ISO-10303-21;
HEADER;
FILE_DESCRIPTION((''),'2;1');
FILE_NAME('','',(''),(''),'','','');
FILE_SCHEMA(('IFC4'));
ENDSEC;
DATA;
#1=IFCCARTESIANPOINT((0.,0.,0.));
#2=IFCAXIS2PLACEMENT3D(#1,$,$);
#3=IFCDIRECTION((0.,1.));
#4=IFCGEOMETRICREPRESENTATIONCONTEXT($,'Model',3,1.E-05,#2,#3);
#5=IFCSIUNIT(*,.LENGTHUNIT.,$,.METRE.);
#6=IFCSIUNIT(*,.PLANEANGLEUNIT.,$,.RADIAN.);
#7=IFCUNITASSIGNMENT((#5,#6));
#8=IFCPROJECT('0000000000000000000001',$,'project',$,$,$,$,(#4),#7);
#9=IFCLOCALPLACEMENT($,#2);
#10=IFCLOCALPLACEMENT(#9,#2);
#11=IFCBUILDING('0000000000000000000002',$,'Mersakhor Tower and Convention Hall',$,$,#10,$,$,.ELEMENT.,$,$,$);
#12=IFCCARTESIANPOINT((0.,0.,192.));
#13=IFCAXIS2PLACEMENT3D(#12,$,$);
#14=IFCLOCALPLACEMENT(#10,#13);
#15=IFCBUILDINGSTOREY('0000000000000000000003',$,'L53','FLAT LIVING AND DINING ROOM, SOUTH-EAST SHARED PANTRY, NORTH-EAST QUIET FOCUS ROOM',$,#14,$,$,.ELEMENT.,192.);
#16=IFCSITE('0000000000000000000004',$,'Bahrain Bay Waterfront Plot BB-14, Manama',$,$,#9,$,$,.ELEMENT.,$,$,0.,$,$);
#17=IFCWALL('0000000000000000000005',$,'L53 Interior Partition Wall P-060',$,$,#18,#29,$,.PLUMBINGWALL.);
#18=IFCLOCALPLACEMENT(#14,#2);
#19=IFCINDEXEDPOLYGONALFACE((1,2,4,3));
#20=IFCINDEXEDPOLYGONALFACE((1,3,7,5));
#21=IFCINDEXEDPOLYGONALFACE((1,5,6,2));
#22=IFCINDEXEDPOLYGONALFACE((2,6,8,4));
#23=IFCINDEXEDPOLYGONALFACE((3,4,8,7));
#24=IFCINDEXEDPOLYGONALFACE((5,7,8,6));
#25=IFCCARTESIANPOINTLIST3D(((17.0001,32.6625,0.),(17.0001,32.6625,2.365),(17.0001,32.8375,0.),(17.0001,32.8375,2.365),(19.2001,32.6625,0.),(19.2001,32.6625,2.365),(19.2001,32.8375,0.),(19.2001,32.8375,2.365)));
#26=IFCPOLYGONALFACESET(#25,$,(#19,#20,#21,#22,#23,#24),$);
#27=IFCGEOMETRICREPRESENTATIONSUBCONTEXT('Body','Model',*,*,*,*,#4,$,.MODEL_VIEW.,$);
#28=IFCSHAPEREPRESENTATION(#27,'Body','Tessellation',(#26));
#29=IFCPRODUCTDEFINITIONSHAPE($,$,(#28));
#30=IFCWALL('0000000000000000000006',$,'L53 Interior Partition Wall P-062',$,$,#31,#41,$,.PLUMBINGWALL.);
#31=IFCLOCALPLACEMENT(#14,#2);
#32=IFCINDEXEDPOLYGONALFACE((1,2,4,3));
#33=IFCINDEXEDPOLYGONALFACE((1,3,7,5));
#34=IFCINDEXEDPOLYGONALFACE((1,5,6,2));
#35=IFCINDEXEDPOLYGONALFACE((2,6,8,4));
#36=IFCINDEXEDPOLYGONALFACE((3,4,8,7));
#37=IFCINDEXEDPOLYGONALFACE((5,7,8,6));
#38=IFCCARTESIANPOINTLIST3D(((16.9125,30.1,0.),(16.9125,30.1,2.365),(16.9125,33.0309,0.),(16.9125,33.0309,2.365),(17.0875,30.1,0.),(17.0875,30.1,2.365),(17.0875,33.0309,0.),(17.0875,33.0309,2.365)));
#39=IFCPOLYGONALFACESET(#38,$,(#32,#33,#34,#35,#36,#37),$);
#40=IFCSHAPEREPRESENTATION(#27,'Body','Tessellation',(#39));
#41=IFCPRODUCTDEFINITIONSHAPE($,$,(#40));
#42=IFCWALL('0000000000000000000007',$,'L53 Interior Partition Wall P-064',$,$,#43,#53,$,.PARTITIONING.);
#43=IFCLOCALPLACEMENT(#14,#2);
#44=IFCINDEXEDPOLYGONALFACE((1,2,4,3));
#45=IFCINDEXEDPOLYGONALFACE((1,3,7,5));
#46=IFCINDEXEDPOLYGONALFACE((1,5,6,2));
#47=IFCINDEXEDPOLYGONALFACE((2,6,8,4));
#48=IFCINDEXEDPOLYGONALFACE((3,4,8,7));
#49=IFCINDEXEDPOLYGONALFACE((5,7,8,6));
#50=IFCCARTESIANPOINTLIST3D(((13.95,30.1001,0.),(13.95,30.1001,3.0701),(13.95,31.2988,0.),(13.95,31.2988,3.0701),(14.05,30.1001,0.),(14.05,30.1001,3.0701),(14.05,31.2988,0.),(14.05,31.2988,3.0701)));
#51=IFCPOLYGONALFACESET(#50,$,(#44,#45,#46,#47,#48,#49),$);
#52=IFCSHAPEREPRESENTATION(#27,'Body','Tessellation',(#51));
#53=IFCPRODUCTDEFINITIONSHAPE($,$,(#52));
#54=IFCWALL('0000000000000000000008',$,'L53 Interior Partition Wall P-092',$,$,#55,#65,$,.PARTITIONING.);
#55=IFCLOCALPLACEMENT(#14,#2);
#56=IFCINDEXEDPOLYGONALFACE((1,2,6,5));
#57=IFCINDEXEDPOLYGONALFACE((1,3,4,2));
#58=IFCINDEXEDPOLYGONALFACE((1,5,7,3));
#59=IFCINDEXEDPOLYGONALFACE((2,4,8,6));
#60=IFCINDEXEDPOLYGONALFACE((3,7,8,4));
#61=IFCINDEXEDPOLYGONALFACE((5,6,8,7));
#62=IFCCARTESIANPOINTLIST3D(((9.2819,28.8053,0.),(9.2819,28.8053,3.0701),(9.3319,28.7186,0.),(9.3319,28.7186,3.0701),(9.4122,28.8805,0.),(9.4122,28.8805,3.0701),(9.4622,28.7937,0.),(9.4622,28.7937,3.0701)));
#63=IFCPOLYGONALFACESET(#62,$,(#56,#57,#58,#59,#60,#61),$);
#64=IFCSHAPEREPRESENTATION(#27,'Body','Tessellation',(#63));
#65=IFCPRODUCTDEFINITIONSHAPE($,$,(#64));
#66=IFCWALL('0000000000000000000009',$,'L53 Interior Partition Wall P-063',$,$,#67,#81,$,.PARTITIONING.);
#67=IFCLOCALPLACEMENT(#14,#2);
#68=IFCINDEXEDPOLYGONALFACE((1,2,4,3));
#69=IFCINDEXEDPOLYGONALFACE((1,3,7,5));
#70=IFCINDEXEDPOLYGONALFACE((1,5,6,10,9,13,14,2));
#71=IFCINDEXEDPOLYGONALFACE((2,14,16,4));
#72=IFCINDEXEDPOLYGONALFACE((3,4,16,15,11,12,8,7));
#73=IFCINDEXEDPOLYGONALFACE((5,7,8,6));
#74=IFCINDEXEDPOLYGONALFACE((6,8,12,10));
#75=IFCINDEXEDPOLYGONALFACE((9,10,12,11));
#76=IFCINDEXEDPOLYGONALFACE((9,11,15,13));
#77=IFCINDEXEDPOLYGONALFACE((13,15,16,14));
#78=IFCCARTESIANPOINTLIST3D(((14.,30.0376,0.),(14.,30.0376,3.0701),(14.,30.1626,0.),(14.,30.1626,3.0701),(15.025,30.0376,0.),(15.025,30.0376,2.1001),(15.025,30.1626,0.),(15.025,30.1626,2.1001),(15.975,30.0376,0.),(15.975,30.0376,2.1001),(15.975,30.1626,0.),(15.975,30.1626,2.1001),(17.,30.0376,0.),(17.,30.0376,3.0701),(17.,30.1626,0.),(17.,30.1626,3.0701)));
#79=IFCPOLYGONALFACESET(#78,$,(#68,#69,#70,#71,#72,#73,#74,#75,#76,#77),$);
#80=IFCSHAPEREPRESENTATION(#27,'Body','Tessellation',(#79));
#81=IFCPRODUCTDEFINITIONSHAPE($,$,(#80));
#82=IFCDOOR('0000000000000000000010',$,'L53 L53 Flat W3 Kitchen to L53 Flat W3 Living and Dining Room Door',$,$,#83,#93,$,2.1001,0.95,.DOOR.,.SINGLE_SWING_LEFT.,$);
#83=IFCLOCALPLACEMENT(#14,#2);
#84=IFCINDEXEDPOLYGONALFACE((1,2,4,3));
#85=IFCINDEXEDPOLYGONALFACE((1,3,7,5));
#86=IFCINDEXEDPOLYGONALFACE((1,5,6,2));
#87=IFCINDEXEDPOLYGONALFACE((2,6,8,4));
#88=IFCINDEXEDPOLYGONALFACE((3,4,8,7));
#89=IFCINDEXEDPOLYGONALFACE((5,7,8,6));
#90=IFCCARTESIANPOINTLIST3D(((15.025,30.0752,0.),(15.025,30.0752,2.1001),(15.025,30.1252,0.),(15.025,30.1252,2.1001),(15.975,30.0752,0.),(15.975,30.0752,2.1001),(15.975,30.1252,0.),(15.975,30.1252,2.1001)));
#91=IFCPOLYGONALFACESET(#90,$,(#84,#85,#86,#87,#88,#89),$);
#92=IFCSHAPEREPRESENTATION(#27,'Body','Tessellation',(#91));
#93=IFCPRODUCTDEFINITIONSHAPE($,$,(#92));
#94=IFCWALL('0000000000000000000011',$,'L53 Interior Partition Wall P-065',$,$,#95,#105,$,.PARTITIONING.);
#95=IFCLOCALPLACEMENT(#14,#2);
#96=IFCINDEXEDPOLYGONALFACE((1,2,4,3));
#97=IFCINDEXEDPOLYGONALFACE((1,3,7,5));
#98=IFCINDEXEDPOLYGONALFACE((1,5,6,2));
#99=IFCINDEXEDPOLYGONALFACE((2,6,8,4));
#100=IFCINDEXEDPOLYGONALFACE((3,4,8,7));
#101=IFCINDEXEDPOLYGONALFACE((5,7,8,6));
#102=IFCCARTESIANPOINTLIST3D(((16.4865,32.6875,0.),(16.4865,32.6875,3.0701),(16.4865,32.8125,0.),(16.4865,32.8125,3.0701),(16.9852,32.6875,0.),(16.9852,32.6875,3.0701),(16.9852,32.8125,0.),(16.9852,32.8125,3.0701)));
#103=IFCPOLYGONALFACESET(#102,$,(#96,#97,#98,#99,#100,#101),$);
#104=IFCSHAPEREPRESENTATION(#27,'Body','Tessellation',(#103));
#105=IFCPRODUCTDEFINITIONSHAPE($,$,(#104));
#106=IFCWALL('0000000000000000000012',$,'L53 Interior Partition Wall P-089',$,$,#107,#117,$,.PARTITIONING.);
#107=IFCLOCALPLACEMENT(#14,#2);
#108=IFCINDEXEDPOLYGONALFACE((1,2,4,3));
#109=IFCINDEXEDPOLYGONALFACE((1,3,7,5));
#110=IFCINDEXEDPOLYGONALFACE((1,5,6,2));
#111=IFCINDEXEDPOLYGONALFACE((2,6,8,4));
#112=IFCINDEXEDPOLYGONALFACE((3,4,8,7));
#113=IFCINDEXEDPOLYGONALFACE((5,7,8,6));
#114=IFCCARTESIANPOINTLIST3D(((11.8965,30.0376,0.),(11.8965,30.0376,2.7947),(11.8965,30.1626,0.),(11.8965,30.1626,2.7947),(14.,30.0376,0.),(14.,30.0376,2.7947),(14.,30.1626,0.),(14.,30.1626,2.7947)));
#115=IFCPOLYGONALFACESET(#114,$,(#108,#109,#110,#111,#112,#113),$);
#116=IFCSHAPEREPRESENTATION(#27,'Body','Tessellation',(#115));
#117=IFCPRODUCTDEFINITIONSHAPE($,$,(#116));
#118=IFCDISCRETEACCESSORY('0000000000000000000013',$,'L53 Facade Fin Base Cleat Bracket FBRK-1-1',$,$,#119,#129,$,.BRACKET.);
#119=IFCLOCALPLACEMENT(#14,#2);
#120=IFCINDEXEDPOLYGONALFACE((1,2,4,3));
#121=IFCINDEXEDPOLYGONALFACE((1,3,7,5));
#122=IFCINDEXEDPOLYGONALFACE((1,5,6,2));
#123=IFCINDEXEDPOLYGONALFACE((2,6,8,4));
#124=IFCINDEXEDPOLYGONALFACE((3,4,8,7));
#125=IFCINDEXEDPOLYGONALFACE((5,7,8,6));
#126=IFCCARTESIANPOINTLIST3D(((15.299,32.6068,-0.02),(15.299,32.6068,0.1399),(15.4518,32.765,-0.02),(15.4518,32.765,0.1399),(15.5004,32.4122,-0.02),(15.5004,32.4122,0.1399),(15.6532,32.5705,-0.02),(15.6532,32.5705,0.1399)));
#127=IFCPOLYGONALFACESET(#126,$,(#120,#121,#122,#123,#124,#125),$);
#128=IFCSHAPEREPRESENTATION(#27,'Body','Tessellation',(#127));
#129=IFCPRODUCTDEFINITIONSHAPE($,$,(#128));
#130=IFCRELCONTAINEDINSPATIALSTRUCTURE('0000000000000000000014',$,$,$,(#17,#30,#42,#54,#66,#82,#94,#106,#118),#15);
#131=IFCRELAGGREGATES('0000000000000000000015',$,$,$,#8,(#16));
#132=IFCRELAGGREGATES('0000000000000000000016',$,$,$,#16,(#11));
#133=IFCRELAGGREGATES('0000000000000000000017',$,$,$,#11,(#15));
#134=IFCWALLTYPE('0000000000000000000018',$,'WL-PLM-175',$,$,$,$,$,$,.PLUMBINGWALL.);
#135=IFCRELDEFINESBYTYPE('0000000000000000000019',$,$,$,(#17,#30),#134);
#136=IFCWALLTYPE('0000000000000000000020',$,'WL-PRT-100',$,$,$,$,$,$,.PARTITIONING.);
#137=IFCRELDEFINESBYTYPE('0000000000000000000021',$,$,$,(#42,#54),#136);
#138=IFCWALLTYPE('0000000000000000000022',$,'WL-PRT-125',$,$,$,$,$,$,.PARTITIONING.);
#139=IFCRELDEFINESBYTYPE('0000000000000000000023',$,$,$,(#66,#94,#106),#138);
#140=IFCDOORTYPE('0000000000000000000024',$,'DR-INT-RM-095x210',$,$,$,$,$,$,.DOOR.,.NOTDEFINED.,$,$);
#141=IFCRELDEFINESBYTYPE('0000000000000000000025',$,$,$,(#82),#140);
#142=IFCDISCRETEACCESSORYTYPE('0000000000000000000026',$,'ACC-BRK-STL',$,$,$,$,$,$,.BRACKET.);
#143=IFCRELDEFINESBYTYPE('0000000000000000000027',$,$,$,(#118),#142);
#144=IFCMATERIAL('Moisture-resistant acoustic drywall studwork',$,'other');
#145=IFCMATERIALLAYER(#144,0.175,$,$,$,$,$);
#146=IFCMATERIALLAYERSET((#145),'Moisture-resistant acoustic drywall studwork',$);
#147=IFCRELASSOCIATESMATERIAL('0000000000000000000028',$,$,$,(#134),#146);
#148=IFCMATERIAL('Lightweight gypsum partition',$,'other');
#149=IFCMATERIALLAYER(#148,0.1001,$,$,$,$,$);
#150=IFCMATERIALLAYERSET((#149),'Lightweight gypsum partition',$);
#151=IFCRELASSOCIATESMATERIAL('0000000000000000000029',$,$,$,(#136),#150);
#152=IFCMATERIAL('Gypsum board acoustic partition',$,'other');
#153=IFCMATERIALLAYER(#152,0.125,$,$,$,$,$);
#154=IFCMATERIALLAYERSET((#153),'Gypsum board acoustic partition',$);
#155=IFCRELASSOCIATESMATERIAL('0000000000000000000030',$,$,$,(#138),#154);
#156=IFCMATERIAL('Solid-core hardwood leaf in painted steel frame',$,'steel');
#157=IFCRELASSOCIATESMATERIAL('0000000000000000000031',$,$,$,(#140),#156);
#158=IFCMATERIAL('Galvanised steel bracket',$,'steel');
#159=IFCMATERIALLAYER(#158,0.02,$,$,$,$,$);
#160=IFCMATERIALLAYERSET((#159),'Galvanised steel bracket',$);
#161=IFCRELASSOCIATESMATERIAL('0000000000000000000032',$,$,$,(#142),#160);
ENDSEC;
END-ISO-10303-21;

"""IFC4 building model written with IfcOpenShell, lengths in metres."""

from ifc_helpers import new_model, si_unit, direction, frame, frame_2d, origin, origin_2d, place, context, subcontext, project, spatial, rectangle, extrude, material, layer, layer_set, type_object, element, fill, save


model = new_model("IFC4")

# Units and contexts
model_context = context("Model", 3, precision=1e-05, world=origin(), true_north=direction((0.0, 1.0)))
body_context = subcontext(model_context, "Body", "Model", "MODEL_VIEW")
ifc_project = project(units=[si_unit("LENGTHUNIT", "METRE"), si_unit("PLANEANGLEUNIT", "RADIAN")], contexts=[model_context])

# Site, building, storey
site_placement = place(None, origin())
site = spatial("IfcSite", under=ifc_project, at=site_placement, Name="Bahrain Bay Waterfront Plot BB-14, Manama", CompositionType="ELEMENT", RefElevation=0.0)
building_placement = place(site_placement, origin())
building = spatial("IfcBuilding", under=site, at=building_placement, Name="Mersakhor Tower and Convention Hall", CompositionType="ELEMENT")
storey_placement = place(building_placement, frame((0.0, 0.0, 192.0)))
storey = spatial("IfcBuildingStorey", under=building, at=storey_placement, Name="L53", Description="FLAT LIVING AND DINING ROOM, SOUTH-EAST SHARED PANTRY, NORTH-EAST QUIET FOCUS ROOM", CompositionType="ELEMENT", Elevation=192.0)

# Walls
ifc_material_1 = material(Name="Moisture-resistant acoustic drywall studwork", Category="other")
ifc_layer_1 = layer(ifc_material_1, 0.175)
ifc_layer_set_1 = layer_set([ifc_layer_1], Name="Moisture-resistant acoustic drywall studwork")
wall_type_1 = type_object("IfcWallType", Name="WL-PLM-175", PredefinedType="PLUMBINGWALL", material=ifc_layer_set_1)
wall_1_placement = place(storey_placement, frame((17.0, 32.75, 0.0), z_axis=(0.0, 0.0, 1.0), x_axis=(1.0, 0.0, 0.0)))
element("IfcWall", 1, at=wall_1_placement, inside=storey, type_object=wall_type_1, Name="L53 Interior Partition Wall P-060", PredefinedType="PLUMBINGWALL", context=body_context, shape_type="SweptSolid", body=[
    extrude(rectangle(XDim=2.2, YDim=0.175, at=frame_2d((1.1001, 0.0))), origin(), (0.0, 0.0, 1.0), 2.365),
])
wall_2_placement = place(storey_placement, frame((17.0, 30.1001, 0.0), z_axis=(0.0, 0.0, 1.0), x_axis=(0.0, 1.0, 0.0)))
element("IfcWall", 2, at=wall_2_placement, inside=storey, type_object=wall_type_1, Name="L53 Interior Partition Wall P-062", PredefinedType="PLUMBINGWALL", context=body_context, shape_type="SweptSolid", body=[
    extrude(rectangle(XDim=2.9309, YDim=0.175, at=frame_2d((1.4653, 0.0))), origin(), (0.0, 0.0, 1.0), 2.365),
])
ifc_material_2 = material(Name="Lightweight gypsum partition", Category="other")
ifc_layer_2 = layer(ifc_material_2, 0.1001)
ifc_layer_set_2 = layer_set([ifc_layer_2], Name="Lightweight gypsum partition")
wall_type_2 = type_object("IfcWallType", Name="WL-PRT-100", PredefinedType="PARTITIONING", material=ifc_layer_set_2)
wall_3_placement = place(storey_placement, frame((14.0, 30.1001, 0.0), z_axis=(0.0, 0.0, 1.0), x_axis=(0.0, 1.0, 0.0)))
element("IfcWall", 3, at=wall_3_placement, inside=storey, type_object=wall_type_2, Name="L53 Interior Partition Wall P-064", PredefinedType="PARTITIONING", context=body_context, shape_type="SweptSolid", body=[
    extrude(rectangle(XDim=1.1987, YDim=0.1001, at=frame_2d((0.5994, 0.0))), origin(), (0.0, 0.0, 1.0), 3.0701),
])
wall_4_placement = place(storey_placement, frame((9.3069, 28.762, 0.0), z_axis=(0.0, 0.0, 1.0), x_axis=(0.86624, 0.499629, 0.0)))
element("IfcWall", 4, at=wall_4_placement, inside=storey, type_object=wall_type_2, Name="L53 Interior Partition Wall P-092", PredefinedType="PARTITIONING", context=body_context, shape_type="SweptSolid", body=[
    extrude(rectangle(XDim=0.1504, YDim=0.1001, at=frame_2d((0.0752, 0.0))), origin(), (0.0, 0.0, 1.0), 3.0701),
])

# Wall, opening, door
ifc_material_3 = material(Name="Gypsum board acoustic partition", Category="other")
ifc_layer_3 = layer(ifc_material_3, 0.125)
ifc_layer_set_3 = layer_set([ifc_layer_3], Name="Gypsum board acoustic partition")
wall_type_3 = type_object("IfcWallType", Name="WL-PRT-125", PredefinedType="PARTITIONING", material=ifc_layer_set_3)
wall_5_placement = place(storey_placement, frame((17.0, 30.1001, 0.0), z_axis=(0.0, 0.0, 1.0), x_axis=(-1.0, 0.0, 0.0)))
wall_5 = element("IfcWall", 5, at=wall_5_placement, inside=storey, type_object=wall_type_3, Name="L53 Interior Partition Wall P-063", PredefinedType="PARTITIONING", context=body_context, shape_type="SweptSolid", body=[
    extrude(rectangle(XDim=3.0, YDim=0.125, at=frame_2d((1.5, 0.0))), origin(), (0.0, 0.0, 1.0), 3.0701),
])
opening_placement = place(wall_5_placement, frame((1.0249, 0.0, 0.0)))
opening = element("IfcOpeningElement", 6, at=opening_placement, cuts=wall_5, PredefinedType="OPENING", context=body_context, shape_type="SweptSolid", body=[
    extrude(rectangle(XDim=0.95, YDim=2.1001, at=frame_2d((0.4751, 1.05))), frame((0.0, 0.0725, 0.0), z_axis=(0.0, -1.0, 0.0), x_axis=(1.0, 0.0, 0.0)), (0.0, 0.0, 1.0), 0.145),
])
ifc_material_4 = material(Name="Solid-core hardwood leaf in painted steel frame", Category="steel")
door_type = type_object("IfcDoorType", Name="DR-INT-RM-095x210", OperationType="NOTDEFINED", PredefinedType="DOOR", material=ifc_material_4)
door_placement = place(opening_placement, origin())
door = element("IfcDoor", 7, at=door_placement, inside=storey, type_object=door_type, Name="L53 L53 Flat W3 Kitchen to L53 Flat W3 Living and Dining Room Door", OperationType="SINGLE_SWING_LEFT", OverallHeight=2.1001, OverallWidth=0.95, PredefinedType="DOOR", context=body_context, shape_type="SweptSolid", body=[
    extrude(rectangle(XDim=0.95, YDim=2.1001, at=frame_2d((0.4751, 1.05))), frame((0.0, 0.0249, 0.0), z_axis=(0.0, -1.0, 0.0), x_axis=(1.0, 0.0, 0.0)), (0.0, 0.0, 1.0), 0.05),
])
fill(opening, door)

# Walls
wall_6_placement = place(storey_placement, frame((16.4863, 32.75, 0.0), z_axis=(0.0, 0.0, 1.0), x_axis=(1.0, 0.0, 0.0)))
element("IfcWall", 8, at=wall_6_placement, inside=storey, type_object=wall_type_3, Name="L53 Interior Partition Wall P-065", PredefinedType="PARTITIONING", context=body_context, shape_type="SweptSolid", body=[
    extrude(rectangle(XDim=0.4988, YDim=0.125, at=frame_2d((0.2495, 0.0))), origin(), (0.0, 0.0, 1.0), 3.0701),
])
wall_7_placement = place(storey_placement, frame((11.8965, 30.1001, 0.0), z_axis=(0.0, 0.0, 1.0), x_axis=(1.0, 0.0, 0.0)))
element("IfcWall", 9, at=wall_7_placement, inside=storey, type_object=wall_type_3, Name="L53 Interior Partition Wall P-089", PredefinedType="PARTITIONING", context=body_context, shape_type="SweptSolid", body=[
    extrude(rectangle(XDim=2.1035, YDim=0.125, at=frame_2d((1.0518, 0.0))), origin(), (0.0, 0.0, 1.0), 2.7947),
])

# Discrete accessory
ifc_material_5 = material(Name="Galvanised steel bracket", Category="steel")
ifc_layer_4 = layer(ifc_material_5, 0.02)
ifc_layer_set_4 = layer_set([ifc_layer_4], Name="Galvanised steel bracket")
discrete_accessory_type = type_object("IfcDiscreteAccessoryType", Name="ACC-BRK-STL", PredefinedType="BRACKET", material=ifc_layer_set_4)
discrete_accessory_placement = place(storey_placement, frame((15.4761, 32.5886, -0.02), z_axis=(0.0, 0.0, 1.0), x_axis=(-0.71934, 0.694658, 0.0)))
element("IfcDiscreteAccessory", 10, at=discrete_accessory_placement, inside=storey, type_object=discrete_accessory_type, Name="L53 Facade Fin Base Cleat Bracket FBRK-1-1", PredefinedType="BRACKET", context=body_context, shape_type="SweptSolid", body=[
    extrude(rectangle(XDim=0.28, YDim=0.22, at=origin_2d()), origin(), (0.0, 0.0, 1.0), 0.1599),
])

save(model, "model.ifc")
